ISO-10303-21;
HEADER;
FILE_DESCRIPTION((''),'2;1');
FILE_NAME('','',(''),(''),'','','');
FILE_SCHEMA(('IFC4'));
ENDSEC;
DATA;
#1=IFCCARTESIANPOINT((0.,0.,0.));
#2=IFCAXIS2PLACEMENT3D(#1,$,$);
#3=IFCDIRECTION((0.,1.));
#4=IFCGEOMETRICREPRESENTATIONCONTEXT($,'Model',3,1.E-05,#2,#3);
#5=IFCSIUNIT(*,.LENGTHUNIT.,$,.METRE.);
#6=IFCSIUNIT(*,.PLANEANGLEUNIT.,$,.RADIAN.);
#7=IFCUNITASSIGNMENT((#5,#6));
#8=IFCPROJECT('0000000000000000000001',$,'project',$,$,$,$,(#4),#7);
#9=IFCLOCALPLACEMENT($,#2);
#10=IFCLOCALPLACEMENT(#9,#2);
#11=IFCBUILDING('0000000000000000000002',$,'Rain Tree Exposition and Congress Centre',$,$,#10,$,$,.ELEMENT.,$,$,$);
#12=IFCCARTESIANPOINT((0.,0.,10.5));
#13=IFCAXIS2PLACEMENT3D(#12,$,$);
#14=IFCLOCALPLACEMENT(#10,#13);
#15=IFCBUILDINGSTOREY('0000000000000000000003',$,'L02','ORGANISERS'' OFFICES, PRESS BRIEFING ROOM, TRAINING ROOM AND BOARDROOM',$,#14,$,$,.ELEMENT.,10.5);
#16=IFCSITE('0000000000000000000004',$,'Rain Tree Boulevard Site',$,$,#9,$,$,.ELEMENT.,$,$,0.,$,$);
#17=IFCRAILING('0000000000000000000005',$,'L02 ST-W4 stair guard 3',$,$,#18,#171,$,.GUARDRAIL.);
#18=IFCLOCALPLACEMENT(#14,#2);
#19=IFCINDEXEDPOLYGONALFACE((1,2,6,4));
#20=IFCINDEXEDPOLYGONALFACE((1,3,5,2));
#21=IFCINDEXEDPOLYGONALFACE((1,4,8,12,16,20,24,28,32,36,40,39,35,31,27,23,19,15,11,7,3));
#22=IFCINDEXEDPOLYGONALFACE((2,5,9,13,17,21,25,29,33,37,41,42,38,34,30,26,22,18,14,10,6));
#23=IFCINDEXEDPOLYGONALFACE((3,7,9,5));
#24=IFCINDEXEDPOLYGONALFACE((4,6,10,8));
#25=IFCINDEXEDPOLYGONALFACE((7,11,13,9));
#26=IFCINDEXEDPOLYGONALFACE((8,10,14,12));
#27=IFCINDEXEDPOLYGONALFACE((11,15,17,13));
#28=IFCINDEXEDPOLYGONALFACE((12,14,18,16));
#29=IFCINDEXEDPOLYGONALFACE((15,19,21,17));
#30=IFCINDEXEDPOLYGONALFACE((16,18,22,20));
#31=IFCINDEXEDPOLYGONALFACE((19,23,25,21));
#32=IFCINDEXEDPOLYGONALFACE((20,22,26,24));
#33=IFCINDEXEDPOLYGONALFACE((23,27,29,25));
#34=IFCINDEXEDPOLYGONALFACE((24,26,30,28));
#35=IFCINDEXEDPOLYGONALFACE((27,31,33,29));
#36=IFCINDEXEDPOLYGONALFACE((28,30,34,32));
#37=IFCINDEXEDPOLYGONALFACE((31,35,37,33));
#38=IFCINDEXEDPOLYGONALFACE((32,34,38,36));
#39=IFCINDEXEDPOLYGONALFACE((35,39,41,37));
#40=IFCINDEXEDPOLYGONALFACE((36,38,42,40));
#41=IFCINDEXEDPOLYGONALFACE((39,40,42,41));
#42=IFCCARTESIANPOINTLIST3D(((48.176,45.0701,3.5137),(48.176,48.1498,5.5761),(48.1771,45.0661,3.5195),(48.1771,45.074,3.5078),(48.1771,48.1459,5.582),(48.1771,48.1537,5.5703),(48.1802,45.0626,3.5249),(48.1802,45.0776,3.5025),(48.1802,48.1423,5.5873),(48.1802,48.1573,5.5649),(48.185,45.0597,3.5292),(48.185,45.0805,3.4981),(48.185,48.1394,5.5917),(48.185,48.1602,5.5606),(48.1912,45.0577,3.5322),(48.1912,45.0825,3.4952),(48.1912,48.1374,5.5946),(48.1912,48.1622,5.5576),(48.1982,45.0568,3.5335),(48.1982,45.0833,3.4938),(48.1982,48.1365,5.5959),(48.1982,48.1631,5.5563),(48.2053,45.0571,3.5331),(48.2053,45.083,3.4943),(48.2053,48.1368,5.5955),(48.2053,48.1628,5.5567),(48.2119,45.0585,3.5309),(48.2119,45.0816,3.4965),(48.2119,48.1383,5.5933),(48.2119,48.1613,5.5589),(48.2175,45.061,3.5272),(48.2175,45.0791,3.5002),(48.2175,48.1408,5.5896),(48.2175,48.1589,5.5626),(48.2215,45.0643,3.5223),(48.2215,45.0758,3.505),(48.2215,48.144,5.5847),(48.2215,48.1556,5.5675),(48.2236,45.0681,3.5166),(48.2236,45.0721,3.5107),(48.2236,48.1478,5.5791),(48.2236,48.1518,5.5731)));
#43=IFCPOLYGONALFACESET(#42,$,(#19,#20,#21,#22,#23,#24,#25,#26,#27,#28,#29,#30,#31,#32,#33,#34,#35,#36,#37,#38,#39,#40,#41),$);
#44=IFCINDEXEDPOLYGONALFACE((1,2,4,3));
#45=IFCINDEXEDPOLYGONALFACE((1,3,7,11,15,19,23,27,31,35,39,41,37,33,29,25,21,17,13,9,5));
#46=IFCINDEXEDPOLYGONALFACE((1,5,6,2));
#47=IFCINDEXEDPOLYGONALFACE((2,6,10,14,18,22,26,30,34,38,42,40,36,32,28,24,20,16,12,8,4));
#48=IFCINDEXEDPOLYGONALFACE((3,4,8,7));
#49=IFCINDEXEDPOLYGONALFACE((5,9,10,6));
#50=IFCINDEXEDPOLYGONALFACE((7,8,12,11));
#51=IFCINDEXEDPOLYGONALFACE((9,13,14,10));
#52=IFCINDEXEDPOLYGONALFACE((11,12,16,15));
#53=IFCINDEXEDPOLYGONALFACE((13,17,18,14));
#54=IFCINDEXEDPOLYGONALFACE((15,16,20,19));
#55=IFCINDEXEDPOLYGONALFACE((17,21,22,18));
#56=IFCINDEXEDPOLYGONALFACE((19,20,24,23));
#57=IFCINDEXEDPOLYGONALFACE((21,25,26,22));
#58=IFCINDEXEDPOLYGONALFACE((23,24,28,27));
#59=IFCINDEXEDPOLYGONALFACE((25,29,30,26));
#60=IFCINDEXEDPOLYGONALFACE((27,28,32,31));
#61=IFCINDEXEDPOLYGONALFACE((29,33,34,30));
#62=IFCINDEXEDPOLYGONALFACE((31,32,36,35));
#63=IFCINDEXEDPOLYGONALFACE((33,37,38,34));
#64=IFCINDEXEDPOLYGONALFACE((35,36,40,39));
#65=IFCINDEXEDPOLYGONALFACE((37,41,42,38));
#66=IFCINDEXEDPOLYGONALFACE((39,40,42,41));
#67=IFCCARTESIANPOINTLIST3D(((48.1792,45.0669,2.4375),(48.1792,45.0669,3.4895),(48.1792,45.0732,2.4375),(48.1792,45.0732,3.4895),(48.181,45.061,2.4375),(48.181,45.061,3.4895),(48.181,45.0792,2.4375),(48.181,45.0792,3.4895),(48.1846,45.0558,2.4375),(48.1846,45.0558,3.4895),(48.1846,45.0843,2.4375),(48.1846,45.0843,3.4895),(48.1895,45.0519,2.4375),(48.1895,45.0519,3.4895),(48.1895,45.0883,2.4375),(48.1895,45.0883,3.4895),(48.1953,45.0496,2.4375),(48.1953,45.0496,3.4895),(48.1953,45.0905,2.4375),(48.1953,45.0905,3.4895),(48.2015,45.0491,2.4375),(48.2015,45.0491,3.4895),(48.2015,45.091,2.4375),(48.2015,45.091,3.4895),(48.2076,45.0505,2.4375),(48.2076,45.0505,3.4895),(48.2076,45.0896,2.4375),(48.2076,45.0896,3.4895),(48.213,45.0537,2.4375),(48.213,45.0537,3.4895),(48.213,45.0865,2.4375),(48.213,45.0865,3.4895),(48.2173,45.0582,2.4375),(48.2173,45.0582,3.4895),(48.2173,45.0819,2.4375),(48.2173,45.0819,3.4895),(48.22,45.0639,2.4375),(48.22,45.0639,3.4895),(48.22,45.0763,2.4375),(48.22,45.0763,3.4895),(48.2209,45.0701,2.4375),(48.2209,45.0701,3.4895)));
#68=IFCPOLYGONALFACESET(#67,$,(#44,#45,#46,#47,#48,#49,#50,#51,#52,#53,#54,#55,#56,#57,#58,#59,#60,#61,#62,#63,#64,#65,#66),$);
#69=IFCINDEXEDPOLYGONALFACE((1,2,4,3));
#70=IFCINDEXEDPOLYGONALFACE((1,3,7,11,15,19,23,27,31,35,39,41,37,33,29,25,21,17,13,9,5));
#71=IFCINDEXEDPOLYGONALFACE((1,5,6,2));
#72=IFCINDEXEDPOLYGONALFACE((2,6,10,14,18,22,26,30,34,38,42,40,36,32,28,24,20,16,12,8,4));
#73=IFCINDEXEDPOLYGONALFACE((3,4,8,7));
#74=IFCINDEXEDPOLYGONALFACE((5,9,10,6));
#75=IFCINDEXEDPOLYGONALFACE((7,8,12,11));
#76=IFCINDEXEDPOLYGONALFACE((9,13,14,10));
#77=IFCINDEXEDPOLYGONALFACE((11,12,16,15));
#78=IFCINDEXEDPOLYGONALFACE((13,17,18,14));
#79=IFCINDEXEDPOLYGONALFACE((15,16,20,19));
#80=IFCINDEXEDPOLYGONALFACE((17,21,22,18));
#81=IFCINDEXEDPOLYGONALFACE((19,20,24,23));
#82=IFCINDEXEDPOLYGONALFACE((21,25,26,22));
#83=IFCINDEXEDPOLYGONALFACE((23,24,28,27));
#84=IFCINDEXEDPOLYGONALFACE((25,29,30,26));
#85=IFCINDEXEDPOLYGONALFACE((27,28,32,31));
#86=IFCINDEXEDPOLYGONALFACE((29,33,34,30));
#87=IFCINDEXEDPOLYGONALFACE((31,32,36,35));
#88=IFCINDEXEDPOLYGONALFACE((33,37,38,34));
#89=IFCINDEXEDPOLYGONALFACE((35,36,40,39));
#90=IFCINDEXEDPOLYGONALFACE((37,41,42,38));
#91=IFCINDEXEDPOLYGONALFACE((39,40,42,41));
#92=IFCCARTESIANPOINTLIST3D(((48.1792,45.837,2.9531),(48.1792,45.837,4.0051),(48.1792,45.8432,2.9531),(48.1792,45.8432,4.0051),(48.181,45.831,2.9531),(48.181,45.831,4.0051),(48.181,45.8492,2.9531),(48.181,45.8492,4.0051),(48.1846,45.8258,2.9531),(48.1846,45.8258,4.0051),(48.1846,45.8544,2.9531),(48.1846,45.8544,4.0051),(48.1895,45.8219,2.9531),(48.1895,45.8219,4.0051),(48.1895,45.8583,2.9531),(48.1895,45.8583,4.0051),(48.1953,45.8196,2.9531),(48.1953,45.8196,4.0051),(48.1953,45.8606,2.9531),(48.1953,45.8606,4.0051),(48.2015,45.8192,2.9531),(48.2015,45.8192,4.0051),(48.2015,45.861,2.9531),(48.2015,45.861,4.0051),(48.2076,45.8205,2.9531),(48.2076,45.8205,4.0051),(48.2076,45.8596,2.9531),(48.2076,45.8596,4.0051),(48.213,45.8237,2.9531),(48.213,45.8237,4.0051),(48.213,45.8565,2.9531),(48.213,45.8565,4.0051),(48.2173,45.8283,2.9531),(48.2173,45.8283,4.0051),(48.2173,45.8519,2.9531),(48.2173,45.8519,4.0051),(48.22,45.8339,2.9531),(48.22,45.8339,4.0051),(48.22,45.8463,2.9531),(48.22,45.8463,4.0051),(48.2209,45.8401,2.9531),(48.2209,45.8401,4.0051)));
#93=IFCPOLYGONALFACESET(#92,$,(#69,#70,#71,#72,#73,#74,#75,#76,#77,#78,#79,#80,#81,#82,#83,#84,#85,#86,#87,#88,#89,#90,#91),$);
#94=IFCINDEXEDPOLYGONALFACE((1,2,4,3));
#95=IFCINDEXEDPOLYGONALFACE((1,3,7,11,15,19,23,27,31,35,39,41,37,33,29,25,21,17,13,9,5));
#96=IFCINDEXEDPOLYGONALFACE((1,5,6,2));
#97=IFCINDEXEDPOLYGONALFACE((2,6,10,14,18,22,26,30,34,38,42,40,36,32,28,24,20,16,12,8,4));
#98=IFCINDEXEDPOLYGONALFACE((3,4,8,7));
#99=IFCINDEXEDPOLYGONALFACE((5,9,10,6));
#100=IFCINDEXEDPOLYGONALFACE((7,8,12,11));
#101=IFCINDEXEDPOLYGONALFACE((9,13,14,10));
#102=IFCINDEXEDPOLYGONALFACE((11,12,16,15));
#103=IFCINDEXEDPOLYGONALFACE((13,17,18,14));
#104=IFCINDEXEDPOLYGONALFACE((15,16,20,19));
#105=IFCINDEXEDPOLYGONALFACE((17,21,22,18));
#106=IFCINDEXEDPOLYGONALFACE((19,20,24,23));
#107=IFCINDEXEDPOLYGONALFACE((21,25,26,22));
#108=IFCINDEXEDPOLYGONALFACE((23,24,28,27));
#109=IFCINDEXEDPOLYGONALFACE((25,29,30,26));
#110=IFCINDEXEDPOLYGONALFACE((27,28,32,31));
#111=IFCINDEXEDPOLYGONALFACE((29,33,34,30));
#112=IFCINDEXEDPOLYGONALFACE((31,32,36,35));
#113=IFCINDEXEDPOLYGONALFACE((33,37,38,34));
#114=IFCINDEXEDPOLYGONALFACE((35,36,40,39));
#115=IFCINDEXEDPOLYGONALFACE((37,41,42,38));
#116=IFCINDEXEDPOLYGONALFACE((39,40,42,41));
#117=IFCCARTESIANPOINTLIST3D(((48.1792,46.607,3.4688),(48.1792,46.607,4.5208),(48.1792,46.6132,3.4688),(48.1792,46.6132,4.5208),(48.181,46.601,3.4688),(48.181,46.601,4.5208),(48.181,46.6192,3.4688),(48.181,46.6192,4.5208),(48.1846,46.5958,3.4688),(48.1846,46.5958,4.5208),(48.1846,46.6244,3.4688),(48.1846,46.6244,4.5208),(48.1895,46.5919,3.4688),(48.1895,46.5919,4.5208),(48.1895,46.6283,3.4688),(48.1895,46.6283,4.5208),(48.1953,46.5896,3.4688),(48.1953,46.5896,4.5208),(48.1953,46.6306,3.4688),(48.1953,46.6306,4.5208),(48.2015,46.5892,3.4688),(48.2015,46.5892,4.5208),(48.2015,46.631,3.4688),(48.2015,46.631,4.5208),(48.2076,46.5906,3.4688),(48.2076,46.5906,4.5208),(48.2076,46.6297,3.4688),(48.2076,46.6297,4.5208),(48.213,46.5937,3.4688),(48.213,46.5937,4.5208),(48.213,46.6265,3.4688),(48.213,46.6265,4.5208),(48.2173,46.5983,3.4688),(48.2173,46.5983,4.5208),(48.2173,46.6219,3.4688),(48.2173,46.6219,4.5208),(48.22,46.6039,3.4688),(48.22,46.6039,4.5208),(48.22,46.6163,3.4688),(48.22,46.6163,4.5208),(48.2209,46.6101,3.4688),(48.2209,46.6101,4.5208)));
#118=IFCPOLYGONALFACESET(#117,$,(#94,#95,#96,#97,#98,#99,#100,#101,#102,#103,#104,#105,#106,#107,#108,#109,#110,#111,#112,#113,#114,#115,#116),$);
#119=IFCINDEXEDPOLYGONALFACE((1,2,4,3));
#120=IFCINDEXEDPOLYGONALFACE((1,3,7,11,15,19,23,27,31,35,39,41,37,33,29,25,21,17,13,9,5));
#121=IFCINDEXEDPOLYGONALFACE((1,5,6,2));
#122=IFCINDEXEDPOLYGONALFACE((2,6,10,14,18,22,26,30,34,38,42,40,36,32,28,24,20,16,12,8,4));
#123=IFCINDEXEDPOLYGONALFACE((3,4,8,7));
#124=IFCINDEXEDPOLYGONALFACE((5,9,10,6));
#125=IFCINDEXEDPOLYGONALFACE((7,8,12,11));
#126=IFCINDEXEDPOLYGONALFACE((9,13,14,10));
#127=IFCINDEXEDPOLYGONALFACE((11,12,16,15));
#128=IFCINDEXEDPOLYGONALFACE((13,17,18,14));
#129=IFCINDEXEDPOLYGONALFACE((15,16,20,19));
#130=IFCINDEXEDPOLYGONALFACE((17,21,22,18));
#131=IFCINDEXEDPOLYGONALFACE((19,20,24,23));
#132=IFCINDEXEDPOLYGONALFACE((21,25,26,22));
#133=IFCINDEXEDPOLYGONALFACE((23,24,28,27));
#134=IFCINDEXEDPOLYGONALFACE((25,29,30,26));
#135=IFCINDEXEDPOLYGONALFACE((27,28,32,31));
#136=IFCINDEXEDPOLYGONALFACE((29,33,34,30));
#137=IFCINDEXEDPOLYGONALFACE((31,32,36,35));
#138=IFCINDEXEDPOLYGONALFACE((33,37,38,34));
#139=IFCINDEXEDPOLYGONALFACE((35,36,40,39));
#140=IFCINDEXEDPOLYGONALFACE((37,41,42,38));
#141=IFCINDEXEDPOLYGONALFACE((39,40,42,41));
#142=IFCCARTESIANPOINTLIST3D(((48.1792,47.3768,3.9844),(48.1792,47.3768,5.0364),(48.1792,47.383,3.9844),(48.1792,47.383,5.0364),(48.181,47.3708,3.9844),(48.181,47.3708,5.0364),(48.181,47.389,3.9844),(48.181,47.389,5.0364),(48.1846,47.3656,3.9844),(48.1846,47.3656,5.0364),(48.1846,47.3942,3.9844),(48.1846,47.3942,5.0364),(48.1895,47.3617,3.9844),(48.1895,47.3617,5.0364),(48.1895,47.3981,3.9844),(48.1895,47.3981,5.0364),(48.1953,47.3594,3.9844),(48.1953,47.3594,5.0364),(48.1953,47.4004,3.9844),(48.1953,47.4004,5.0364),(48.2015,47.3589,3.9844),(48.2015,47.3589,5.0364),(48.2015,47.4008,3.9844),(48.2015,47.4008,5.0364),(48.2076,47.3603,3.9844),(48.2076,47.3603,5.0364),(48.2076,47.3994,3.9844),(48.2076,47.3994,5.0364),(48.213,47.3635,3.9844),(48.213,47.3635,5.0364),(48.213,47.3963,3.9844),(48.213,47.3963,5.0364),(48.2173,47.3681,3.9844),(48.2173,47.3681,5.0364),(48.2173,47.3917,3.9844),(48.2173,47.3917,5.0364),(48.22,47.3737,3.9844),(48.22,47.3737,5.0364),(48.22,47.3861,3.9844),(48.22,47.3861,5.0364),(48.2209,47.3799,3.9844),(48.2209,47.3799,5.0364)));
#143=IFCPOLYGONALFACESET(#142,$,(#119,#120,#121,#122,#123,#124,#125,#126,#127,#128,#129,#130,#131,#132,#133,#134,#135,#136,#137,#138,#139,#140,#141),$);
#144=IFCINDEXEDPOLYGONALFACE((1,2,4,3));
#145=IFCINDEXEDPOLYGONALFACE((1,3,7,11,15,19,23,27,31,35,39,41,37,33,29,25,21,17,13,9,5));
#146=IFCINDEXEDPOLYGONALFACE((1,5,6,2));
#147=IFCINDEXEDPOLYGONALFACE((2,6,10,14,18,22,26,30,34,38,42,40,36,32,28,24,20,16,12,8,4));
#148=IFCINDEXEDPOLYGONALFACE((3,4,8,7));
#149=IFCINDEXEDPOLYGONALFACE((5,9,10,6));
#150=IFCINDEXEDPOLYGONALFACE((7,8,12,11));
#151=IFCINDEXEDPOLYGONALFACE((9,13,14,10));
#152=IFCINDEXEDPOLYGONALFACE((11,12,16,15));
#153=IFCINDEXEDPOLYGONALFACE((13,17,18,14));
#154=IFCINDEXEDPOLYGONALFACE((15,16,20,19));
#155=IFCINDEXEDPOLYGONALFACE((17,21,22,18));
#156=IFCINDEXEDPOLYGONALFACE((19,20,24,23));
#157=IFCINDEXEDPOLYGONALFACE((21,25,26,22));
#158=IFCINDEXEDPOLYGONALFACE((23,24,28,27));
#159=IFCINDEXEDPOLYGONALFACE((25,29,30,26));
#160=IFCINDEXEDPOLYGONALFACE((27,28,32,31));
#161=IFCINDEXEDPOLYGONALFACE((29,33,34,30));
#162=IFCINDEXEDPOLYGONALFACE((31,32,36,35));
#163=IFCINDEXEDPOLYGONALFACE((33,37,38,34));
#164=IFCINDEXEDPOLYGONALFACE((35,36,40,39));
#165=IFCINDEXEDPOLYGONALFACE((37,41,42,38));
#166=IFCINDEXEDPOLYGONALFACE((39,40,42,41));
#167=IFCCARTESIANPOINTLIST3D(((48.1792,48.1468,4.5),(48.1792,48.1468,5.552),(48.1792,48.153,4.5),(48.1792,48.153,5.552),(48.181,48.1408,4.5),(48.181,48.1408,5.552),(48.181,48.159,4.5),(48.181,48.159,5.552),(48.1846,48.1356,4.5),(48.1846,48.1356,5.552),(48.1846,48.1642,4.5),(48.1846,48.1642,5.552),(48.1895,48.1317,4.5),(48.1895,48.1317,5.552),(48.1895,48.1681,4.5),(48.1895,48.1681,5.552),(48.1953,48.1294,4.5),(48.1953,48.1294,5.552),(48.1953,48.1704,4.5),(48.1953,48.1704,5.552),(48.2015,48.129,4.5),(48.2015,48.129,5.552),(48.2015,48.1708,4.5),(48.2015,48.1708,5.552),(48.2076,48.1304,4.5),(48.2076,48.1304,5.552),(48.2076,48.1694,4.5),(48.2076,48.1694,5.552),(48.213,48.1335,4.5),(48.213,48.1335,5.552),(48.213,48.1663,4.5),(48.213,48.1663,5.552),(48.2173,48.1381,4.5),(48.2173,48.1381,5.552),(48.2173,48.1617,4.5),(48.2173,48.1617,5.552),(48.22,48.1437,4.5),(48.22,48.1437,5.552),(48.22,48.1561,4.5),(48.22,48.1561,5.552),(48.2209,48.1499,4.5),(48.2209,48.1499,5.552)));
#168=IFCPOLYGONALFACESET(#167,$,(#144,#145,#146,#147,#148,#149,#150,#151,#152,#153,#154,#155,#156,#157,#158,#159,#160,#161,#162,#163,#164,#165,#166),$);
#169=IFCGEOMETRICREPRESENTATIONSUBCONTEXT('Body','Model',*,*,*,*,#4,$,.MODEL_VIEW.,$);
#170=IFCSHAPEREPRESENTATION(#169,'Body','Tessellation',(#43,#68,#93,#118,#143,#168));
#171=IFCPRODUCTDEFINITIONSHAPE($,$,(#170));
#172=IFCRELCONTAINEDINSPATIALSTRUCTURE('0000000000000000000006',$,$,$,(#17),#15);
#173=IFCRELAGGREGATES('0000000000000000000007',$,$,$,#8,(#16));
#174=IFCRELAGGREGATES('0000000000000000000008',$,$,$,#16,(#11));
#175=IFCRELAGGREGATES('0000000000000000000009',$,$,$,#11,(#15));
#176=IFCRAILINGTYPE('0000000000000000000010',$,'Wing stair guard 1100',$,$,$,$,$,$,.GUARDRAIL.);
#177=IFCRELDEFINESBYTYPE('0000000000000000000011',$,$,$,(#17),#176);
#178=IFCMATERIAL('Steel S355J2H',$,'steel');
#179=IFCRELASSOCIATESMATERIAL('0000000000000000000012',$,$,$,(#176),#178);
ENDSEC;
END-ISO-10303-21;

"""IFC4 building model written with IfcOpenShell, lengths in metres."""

from ifc_helpers import new_model, si_unit, direction, frame, origin, origin_2d, place, context, subcontext, project, spatial, circle, extrude, material, type_object, element, save


model = new_model("IFC4")

# Units and contexts
model_context = context("Model", 3, precision=1e-05, world=origin(), true_north=direction((0.0, 1.0)))
body_context = subcontext(model_context, "Body", "Model", "MODEL_VIEW")
ifc_project = project(units=[si_unit("LENGTHUNIT", "METRE"), si_unit("PLANEANGLEUNIT", "RADIAN")], contexts=[model_context])

# Site, building, storey
site_placement = place(None, origin())
site = spatial("IfcSite", under=ifc_project, at=site_placement, Name="Rain Tree Boulevard Site", CompositionType="ELEMENT", RefElevation=0.0)
building_placement = place(site_placement, origin())
building = spatial("IfcBuilding", under=site, at=building_placement, Name="Rain Tree Exposition and Congress Centre", CompositionType="ELEMENT")
storey_placement = place(building_placement, frame((0.0, 0.0, 10.5)))
storey = spatial("IfcBuildingStorey", under=building, at=storey_placement, Name="L02", Description="ORGANISERS' OFFICES, PRESS BRIEFING ROOM, TRAINING ROOM AND BOARDROOM", CompositionType="ELEMENT", Elevation=10.5)

# Railing
ifc_material_1 = material(Name="Steel S355J2H", Category="steel")
railing_type_1 = type_object("IfcRailingType", Name="Wing stair guard 1100", PredefinedType="GUARDRAIL", material=ifc_material_1)
railing_1_placement = place(storey_placement, frame((48.2, 45.0701, 2.4375)))
element("IfcRailing", 1, at=railing_1_placement, inside=storey, type_object=railing_type_1, Name="L02 ST-W4 stair guard 3", PredefinedType="GUARDRAIL", context=body_context, shape_type="SweptSolid", body=[
    extrude(circle(Radius=0.0239, at=origin_2d()), frame((0.0, 0.0, 1.0762), z_axis=(0.0, 0.830893, 0.556432), x_axis=(-1.0, 0.0, 0.0)), (0.0, 0.0, 1.0), 3.7065),
    extrude(circle(Radius=0.021, at=origin_2d()), origin(), (0.0, 0.0, 1.0), 1.052),
    extrude(circle(Radius=0.021, at=origin_2d()), frame((0.0, 0.77, 0.5156)), (0.0, 0.0, 1.0), 1.052),
    extrude(circle(Radius=0.021, at=origin_2d()), frame((0.0, 1.54, 1.0312)), (0.0, 0.0, 1.0), 1.052),
    extrude(circle(Radius=0.021, at=origin_2d()), frame((0.0, 2.3098, 1.5469)), (0.0, 0.0, 1.0), 1.052),
    extrude(circle(Radius=0.021, at=origin_2d()), frame((0.0, 3.0798, 2.0625)), (0.0, 0.0, 1.0), 1.052),
])

save(model, "model.ifc")
